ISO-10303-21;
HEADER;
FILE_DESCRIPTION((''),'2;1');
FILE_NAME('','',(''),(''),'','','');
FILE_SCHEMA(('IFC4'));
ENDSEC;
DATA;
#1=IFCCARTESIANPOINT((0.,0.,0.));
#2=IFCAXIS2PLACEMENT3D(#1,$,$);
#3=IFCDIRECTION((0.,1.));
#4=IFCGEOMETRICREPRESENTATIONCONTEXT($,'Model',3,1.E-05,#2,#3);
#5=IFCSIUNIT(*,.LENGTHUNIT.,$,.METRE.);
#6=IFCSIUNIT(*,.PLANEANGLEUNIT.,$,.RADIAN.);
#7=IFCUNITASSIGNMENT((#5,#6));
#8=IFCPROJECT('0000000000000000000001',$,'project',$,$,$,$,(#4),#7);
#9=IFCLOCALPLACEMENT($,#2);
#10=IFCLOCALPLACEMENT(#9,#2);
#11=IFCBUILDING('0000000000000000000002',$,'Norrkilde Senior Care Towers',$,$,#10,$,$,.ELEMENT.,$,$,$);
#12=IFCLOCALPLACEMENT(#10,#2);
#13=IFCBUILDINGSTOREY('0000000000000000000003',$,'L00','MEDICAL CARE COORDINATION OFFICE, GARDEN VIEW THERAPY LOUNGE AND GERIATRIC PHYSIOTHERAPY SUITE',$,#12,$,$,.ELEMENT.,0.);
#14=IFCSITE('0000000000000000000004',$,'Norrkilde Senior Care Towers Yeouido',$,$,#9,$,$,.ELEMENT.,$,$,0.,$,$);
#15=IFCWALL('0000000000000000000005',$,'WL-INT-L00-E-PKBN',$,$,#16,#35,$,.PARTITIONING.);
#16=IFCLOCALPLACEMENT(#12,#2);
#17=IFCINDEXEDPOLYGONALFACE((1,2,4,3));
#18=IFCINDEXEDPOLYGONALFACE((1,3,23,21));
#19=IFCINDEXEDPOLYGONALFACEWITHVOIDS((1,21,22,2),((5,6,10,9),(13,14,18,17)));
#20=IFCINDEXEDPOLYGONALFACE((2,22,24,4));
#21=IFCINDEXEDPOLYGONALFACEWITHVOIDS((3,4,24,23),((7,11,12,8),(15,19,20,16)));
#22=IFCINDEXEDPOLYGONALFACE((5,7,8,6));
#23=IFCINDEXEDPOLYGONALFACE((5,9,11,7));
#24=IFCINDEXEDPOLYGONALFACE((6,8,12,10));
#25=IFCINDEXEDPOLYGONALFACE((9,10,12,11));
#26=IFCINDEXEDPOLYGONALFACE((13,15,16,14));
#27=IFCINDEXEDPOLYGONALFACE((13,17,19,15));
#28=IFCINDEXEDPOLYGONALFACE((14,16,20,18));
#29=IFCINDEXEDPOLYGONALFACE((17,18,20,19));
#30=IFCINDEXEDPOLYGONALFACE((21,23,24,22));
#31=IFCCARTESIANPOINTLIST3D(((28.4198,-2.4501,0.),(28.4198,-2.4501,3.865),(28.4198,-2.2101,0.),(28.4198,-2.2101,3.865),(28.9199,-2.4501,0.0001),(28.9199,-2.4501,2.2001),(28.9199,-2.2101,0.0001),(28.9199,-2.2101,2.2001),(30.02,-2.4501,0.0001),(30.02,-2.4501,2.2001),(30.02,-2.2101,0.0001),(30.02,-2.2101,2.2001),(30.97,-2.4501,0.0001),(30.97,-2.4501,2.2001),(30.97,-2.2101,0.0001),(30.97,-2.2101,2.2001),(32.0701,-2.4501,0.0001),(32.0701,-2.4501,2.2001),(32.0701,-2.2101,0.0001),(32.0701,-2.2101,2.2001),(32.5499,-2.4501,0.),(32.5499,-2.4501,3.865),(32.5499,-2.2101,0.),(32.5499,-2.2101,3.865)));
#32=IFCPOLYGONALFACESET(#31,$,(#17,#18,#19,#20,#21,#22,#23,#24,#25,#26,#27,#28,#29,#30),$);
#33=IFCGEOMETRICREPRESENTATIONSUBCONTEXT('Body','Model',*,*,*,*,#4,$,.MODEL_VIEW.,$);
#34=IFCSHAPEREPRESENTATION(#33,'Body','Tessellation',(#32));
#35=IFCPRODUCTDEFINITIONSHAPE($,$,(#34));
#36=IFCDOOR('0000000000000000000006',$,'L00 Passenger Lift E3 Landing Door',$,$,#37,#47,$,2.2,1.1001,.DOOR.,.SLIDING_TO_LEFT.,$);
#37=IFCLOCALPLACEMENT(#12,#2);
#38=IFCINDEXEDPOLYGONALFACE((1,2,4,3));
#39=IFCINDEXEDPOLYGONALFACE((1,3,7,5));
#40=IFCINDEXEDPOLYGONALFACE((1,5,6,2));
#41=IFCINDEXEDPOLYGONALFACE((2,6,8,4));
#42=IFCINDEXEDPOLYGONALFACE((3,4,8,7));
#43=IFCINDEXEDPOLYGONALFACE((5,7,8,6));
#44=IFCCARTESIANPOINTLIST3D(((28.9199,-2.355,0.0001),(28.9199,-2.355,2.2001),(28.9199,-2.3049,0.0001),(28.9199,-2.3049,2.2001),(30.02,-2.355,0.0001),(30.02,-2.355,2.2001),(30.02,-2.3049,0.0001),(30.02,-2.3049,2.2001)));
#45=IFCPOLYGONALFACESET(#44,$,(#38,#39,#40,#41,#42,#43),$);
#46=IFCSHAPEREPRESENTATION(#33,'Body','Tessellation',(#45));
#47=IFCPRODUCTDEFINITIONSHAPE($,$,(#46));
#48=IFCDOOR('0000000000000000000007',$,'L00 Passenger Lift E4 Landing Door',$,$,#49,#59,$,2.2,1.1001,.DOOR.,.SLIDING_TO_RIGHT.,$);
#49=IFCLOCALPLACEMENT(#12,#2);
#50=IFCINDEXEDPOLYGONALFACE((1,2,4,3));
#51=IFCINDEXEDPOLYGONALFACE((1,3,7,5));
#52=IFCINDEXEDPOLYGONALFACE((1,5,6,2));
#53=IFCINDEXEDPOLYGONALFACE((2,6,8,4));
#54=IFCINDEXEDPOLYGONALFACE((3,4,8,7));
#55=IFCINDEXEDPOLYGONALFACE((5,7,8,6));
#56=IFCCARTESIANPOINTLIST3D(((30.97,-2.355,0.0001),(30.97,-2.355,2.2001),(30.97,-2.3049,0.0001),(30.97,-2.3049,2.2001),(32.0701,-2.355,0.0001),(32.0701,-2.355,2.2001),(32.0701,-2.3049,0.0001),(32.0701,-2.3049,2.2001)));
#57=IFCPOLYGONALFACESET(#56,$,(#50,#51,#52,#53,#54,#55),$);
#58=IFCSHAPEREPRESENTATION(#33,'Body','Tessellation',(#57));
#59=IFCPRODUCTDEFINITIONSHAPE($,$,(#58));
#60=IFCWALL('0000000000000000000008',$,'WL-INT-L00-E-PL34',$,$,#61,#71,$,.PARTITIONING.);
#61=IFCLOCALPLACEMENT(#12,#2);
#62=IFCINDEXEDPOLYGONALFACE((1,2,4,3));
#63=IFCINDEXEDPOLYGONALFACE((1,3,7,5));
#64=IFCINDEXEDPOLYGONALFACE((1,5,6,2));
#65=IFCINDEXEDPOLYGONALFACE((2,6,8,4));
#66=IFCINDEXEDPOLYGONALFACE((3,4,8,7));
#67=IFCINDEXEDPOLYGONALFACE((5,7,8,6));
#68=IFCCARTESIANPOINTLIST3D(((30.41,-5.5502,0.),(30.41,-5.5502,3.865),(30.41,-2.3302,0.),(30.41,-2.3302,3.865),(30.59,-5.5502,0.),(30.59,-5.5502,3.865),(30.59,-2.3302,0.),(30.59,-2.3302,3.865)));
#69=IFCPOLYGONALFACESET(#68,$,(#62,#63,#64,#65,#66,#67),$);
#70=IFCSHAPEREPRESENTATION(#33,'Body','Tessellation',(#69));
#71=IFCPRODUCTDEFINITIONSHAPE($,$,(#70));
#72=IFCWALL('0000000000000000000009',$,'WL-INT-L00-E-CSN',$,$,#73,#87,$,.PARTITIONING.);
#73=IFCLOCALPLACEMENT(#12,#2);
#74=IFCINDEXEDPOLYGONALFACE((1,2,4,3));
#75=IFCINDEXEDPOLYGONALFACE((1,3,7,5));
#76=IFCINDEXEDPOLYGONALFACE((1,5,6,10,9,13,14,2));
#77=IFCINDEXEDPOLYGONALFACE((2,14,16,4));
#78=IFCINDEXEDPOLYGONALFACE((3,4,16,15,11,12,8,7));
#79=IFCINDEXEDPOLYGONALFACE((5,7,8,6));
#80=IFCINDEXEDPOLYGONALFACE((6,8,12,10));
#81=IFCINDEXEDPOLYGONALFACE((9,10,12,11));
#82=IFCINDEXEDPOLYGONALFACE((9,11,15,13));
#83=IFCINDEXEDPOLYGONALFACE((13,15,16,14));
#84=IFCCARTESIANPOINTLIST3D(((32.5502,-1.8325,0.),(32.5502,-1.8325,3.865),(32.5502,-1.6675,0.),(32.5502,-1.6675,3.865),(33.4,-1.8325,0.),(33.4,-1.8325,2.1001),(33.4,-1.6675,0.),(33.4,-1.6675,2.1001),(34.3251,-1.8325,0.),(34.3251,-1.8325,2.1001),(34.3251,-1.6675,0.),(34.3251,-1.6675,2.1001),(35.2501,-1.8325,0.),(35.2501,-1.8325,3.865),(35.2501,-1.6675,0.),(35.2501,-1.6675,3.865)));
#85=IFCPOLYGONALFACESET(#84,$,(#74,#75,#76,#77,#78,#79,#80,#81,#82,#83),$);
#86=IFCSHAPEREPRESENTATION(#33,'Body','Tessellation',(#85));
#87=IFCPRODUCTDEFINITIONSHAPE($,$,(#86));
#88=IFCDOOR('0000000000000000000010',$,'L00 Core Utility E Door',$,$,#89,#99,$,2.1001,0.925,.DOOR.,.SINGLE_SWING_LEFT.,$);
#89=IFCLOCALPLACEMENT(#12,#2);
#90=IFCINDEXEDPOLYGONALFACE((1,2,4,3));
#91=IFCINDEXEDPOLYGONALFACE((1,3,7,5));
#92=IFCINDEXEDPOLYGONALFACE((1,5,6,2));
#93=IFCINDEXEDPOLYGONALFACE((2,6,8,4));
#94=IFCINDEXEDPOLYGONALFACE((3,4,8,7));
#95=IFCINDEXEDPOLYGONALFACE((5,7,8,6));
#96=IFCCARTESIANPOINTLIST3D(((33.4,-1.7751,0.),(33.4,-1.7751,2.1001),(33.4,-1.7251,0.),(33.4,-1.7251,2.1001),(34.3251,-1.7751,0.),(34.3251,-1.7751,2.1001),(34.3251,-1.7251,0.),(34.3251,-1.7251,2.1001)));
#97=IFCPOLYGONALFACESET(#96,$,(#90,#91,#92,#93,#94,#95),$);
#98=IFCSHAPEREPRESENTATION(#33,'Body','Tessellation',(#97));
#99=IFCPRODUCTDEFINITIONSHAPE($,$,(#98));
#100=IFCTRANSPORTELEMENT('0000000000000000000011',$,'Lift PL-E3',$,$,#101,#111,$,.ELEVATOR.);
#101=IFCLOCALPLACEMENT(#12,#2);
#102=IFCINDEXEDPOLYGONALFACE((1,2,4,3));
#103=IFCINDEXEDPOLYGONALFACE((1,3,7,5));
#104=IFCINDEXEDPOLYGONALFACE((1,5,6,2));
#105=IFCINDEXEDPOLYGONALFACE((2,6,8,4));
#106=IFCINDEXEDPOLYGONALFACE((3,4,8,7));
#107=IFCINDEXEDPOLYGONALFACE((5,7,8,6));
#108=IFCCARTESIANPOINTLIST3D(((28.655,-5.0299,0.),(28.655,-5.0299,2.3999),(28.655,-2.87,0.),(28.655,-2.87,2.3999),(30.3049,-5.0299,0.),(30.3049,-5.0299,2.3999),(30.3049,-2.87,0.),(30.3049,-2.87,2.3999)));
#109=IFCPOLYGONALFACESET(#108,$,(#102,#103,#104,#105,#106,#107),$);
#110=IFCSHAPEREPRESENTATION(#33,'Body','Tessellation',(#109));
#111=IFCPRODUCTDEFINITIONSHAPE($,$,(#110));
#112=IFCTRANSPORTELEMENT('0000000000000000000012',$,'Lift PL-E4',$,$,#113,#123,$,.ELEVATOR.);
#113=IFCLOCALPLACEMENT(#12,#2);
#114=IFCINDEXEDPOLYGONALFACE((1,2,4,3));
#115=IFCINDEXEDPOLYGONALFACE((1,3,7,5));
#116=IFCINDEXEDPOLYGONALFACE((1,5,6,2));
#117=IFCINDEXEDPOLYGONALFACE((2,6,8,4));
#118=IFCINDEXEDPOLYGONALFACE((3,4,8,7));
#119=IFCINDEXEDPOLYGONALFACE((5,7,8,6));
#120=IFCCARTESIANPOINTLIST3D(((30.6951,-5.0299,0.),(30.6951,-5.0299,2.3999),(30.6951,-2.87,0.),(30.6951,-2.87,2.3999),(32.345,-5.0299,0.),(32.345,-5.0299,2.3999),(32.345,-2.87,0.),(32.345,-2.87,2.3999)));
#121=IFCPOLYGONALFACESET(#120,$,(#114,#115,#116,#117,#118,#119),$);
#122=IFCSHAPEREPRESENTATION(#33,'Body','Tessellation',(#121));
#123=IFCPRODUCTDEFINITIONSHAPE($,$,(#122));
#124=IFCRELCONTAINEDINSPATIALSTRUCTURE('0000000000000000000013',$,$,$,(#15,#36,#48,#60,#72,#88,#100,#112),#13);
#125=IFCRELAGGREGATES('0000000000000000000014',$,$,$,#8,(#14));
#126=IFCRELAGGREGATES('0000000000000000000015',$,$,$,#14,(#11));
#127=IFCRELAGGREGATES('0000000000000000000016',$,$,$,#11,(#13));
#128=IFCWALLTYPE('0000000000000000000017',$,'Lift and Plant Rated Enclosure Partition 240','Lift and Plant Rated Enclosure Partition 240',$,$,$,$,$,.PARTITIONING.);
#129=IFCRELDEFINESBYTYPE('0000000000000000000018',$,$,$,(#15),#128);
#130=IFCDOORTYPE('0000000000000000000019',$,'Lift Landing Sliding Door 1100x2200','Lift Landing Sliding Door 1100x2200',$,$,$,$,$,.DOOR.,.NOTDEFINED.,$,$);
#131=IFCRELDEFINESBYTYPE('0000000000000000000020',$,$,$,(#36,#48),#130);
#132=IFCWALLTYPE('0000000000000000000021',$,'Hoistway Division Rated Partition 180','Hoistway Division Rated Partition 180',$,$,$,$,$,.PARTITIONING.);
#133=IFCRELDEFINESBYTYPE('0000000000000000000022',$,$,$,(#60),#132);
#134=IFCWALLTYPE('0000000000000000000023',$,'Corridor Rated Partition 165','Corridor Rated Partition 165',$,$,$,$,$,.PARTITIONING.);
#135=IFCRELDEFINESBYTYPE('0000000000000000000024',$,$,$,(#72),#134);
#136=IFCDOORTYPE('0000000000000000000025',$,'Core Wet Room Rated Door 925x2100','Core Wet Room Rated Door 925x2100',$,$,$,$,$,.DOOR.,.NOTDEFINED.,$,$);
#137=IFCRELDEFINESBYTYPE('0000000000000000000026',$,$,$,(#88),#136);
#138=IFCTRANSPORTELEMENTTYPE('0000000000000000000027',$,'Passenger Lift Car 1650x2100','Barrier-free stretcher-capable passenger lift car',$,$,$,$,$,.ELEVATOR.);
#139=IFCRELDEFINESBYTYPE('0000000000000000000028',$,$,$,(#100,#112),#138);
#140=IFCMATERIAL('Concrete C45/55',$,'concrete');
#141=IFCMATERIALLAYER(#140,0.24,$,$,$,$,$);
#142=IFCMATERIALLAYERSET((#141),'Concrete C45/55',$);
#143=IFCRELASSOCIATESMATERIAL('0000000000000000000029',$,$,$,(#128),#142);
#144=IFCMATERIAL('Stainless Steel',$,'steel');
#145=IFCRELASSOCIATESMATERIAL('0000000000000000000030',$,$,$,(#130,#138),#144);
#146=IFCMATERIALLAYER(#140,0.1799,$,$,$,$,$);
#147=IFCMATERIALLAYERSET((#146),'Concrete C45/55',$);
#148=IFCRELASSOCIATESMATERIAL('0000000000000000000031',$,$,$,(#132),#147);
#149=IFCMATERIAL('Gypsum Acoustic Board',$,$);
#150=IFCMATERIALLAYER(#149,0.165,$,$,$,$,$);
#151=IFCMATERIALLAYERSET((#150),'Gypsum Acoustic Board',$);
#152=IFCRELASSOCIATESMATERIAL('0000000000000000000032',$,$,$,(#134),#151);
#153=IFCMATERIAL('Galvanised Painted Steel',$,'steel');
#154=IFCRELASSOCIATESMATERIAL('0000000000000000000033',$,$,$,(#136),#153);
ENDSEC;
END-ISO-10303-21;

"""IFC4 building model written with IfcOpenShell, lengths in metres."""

from ifc_helpers import new_model, si_unit, direction, frame, frame_2d, origin, origin_2d, place, context, subcontext, project, spatial, rectangle, extrude, source, transform, mapped, material, layer, layer_set, type_object, type_shapes, element, fill, save


model = new_model("IFC4")

# Units and contexts
model_context = context("Model", 3, precision=1e-05, world=origin(), true_north=direction((0.0, 1.0)))
body_context = subcontext(model_context, "Body", "Model", "MODEL_VIEW")
ifc_project = project(units=[si_unit("LENGTHUNIT", "METRE"), si_unit("PLANEANGLEUNIT", "RADIAN")], contexts=[model_context])

# Site, building, storey
site_placement = place(None, origin())
site = spatial("IfcSite", under=ifc_project, at=site_placement, Name="Norrkilde Senior Care Towers Yeouido", CompositionType="ELEMENT", RefElevation=0.0)
building_placement = place(site_placement, origin())
building = spatial("IfcBuilding", under=site, at=building_placement, Name="Norrkilde Senior Care Towers", CompositionType="ELEMENT")
storey_placement = place(building_placement, origin())
storey = spatial("IfcBuildingStorey", under=building, at=storey_placement, Name="L00", Description="MEDICAL CARE COORDINATION OFFICE, GARDEN VIEW THERAPY LOUNGE AND GERIATRIC PHYSIOTHERAPY SUITE", CompositionType="ELEMENT", Elevation=0.0)

# Shared definitions
ifc_material_1 = material(Name="Concrete C45/55", Category="concrete")

# Wall, openings, doors
ifc_layer_1 = layer(ifc_material_1, 0.24)
ifc_layer_set_1 = layer_set([ifc_layer_1], Name="Concrete C45/55")
wall_type_1 = type_object("IfcWallType", Name="Lift and Plant Rated Enclosure Partition 240", Description="Lift and Plant Rated Enclosure Partition 240", PredefinedType="PARTITIONING", material=ifc_layer_set_1)
shared_shape_1 = source(origin(), body_context, "Body", "SweptSolid", [
    extrude(rectangle(XDim=4.1301, YDim=0.24, at=frame_2d((2.0649, 0.0))), origin(), (0.0, 0.0, 1.0), 3.865),
])
type_shapes(wall_type_1, [shared_shape_1])
wall_1_placement = place(storey_placement, frame((28.4199, -2.3301, 0.0), z_axis=(0.0, 0.0, 1.0), x_axis=(1.0, 0.0, 0.0)))
wall_1 = element("IfcWall", 1, at=wall_1_placement, inside=storey, type_object=wall_type_1, Name="WL-INT-L00-E-PKBN", PredefinedType="PARTITIONING", context=body_context, shape_type="MappedRepresentation", body=[
    mapped(shared_shape_1, transform((0.0, 0.0, 0.0), x_axis=(1.0, 0.0, 0.0), y_axis=(0.0, 1.0, 0.0), z_axis=(0.0, 0.0, 1.0), scale=1.0)),
])
opening_1_placement = place(wall_1_placement, frame((0.5, 0.0, 0.0)))
opening_1 = element("IfcOpeningElement", 2, at=opening_1_placement, cuts=wall_1, PredefinedType="OPENING", context=body_context, shape_type="SweptSolid", body=[
    extrude(rectangle(XDim=1.1001, YDim=2.2, at=frame_2d((0.55, 1.1001))), frame((0.0, 0.1299, 0.0), z_axis=(0.0, -1.0, 0.0), x_axis=(1.0, 0.0, 0.0)), (0.0, 0.0, 1.0), 0.26),
])
opening_2_placement = place(wall_1_placement, frame((2.55, 0.0, 0.0)))
opening_2 = element("IfcOpeningElement", 3, at=opening_2_placement, cuts=wall_1, PredefinedType="OPENING", context=body_context, shape_type="SweptSolid", body=[
    extrude(rectangle(XDim=1.1001, YDim=2.2, at=frame_2d((0.55, 1.1001))), frame((0.0, 0.1299, 0.0), z_axis=(0.0, -1.0, 0.0), x_axis=(1.0, 0.0, 0.0)), (0.0, 0.0, 1.0), 0.26),
])
ifc_material_2 = material(Name="Stainless Steel", Category="steel")
door_type_1 = type_object("IfcDoorType", Name="Lift Landing Sliding Door 1100x2200", Description="Lift Landing Sliding Door 1100x2200", OperationType="NOTDEFINED", PredefinedType="DOOR", material=ifc_material_2)
shared_shape_2 = source(origin(), body_context, "Body", "SweptSolid", [
    extrude(rectangle(XDim=1.1001, YDim=2.2, at=frame_2d((0.55, 1.1001))), frame((0.0, 0.0249, 0.0), z_axis=(0.0, -1.0, 0.0), x_axis=(1.0, 0.0, 0.0)), (0.0, 0.0, 1.0), 0.05),
])
type_shapes(door_type_1, [shared_shape_2])
door_1_placement = place(opening_1_placement, frame((1.1001, 0.0, 0.0), z_axis=(0.0, 0.0, 1.0), x_axis=(-1.0, 0.0, 0.0)))
door_1 = element("IfcDoor", 4, at=door_1_placement, inside=storey, type_object=door_type_1, Name="L00 Passenger Lift E3 Landing Door", OperationType="SLIDING_TO_LEFT", OverallHeight=2.2, OverallWidth=1.1001, PredefinedType="DOOR", context=body_context, shape_type="MappedRepresentation", body=[
    mapped(shared_shape_2, transform((0.0, 0.0, 0.0), x_axis=(1.0, 0.0, 0.0), y_axis=(0.0, 1.0, 0.0), z_axis=(0.0, 0.0, 1.0), scale=1.0)),
])
fill(opening_1, door_1)
door_2_placement = place(opening_2_placement, frame((1.1001, 0.0, 0.0), z_axis=(0.0, 0.0, 1.0), x_axis=(-1.0, 0.0, 0.0)))
door_2 = element("IfcDoor", 5, at=door_2_placement, inside=storey, type_object=door_type_1, Name="L00 Passenger Lift E4 Landing Door", OperationType="SLIDING_TO_RIGHT", OverallHeight=2.2, OverallWidth=1.1001, PredefinedType="DOOR", context=body_context, shape_type="MappedRepresentation", body=[
    mapped(shared_shape_2, transform((0.0, 0.0, 0.0), x_axis=(1.0, 0.0, 0.0), y_axis=(0.0, 1.0, 0.0), z_axis=(0.0, 0.0, 1.0), scale=1.0)),
])
fill(opening_2, door_2)

# Wall
ifc_layer_2 = layer(ifc_material_1, 0.1799)
ifc_layer_set_2 = layer_set([ifc_layer_2], Name="Concrete C45/55")
wall_type_2 = type_object("IfcWallType", Name="Hoistway Division Rated Partition 180", Description="Hoistway Division Rated Partition 180", PredefinedType="PARTITIONING", material=ifc_layer_set_2)
shared_shape_3 = source(origin(), body_context, "Body", "SweptSolid", [
    extrude(rectangle(XDim=3.22, YDim=0.1799, at=frame_2d((1.6099, 0.0))), origin(), (0.0, 0.0, 1.0), 3.865),
])
type_shapes(wall_type_2, [shared_shape_3])
wall_2_placement = place(storey_placement, frame((30.5, -5.55, 0.0), z_axis=(0.0, 0.0, 1.0), x_axis=(0.0, 1.0, 0.0)))
element("IfcWall", 6, at=wall_2_placement, inside=storey, type_object=wall_type_2, Name="WL-INT-L00-E-PL34", PredefinedType="PARTITIONING", context=body_context, shape_type="MappedRepresentation", body=[
    mapped(shared_shape_3, transform((0.0, 0.0, 0.0), x_axis=(1.0, 0.0, 0.0), y_axis=(0.0, 1.0, 0.0), z_axis=(0.0, 0.0, 1.0), scale=1.0)),
])

# Wall, opening, door
ifc_material_3 = material(Name="Gypsum Acoustic Board")
ifc_layer_3 = layer(ifc_material_3, 0.165)
ifc_layer_set_3 = layer_set([ifc_layer_3], Name="Gypsum Acoustic Board")
wall_type_3 = type_object("IfcWallType", Name="Corridor Rated Partition 165", Description="Corridor Rated Partition 165", PredefinedType="PARTITIONING", material=ifc_layer_set_3)
shared_shape_4 = source(origin(), body_context, "Body", "SweptSolid", [
    extrude(rectangle(XDim=2.7, YDim=0.165, at=frame_2d((1.3501, 0.0))), origin(), (0.0, 0.0, 1.0), 3.865),
])
type_shapes(wall_type_3, [shared_shape_4])
wall_3_placement = place(storey_placement, frame((32.55, -1.75, 0.0), z_axis=(0.0, 0.0, 1.0), x_axis=(1.0, 0.0, 0.0)))
wall_3 = element("IfcWall", 7, at=wall_3_placement, inside=storey, type_object=wall_type_3, Name="WL-INT-L00-E-CSN", PredefinedType="PARTITIONING", context=body_context, shape_type="MappedRepresentation", body=[
    mapped(shared_shape_4, transform((0.0, 0.0, 0.0), x_axis=(1.0, 0.0, 0.0), y_axis=(0.0, 1.0, 0.0), z_axis=(0.0, 0.0, 1.0), scale=1.0)),
])
opening_3_placement = place(wall_3_placement, frame((0.8501, 0.0, 0.0)))
opening_3 = element("IfcOpeningElement", 8, at=opening_3_placement, cuts=wall_3, PredefinedType="OPENING", context=body_context, shape_type="SweptSolid", body=[
    extrude(rectangle(XDim=0.925, YDim=2.1001, at=frame_2d((0.4624, 1.05))), frame((0.0, 0.0925, 0.0), z_axis=(0.0, -1.0, 0.0), x_axis=(1.0, 0.0, 0.0)), (0.0, 0.0, 1.0), 0.1851),
])
ifc_material_4 = material(Name="Galvanised Painted Steel", Category="steel")
door_type_2 = type_object("IfcDoorType", Name="Core Wet Room Rated Door 925x2100", Description="Core Wet Room Rated Door 925x2100", OperationType="NOTDEFINED", PredefinedType="DOOR", material=ifc_material_4)
shared_shape_5 = source(origin(), body_context, "Body", "SweptSolid", [
    extrude(rectangle(XDim=0.925, YDim=2.1001, at=frame_2d((0.4624, 1.05))), frame((0.0, 0.0249, 0.0), z_axis=(0.0, -1.0, 0.0), x_axis=(1.0, 0.0, 0.0)), (0.0, 0.0, 1.0), 0.05),
])
type_shapes(door_type_2, [shared_shape_5])
door_3_placement = place(opening_3_placement, origin())
door_3 = element("IfcDoor", 9, at=door_3_placement, inside=storey, type_object=door_type_2, Name="L00 Core Utility E Door", OperationType="SINGLE_SWING_LEFT", OverallHeight=2.1001, OverallWidth=0.925, PredefinedType="DOOR", context=body_context, shape_type="MappedRepresentation", body=[
    mapped(shared_shape_5, transform((0.0, 0.0, 0.0), x_axis=(1.0, 0.0, 0.0), y_axis=(0.0, 1.0, 0.0), z_axis=(0.0, 0.0, 1.0), scale=1.0)),
])
fill(opening_3, door_3)

# Transport elements
transport_element_type = type_object("IfcTransportElementType", Name="Passenger Lift Car 1650x2100", Description="Barrier-free stretcher-capable passenger lift car", PredefinedType="ELEVATOR", material=ifc_material_2)
shared_shape_6 = source(origin(), body_context, "Body", "SweptSolid", [
    extrude(rectangle(XDim=1.6499, YDim=2.1599, at=origin_2d()), origin(), (0.0, 0.0, 1.0), 2.3999),
])
type_shapes(transport_element_type, [shared_shape_6])
for number, where, z_axis, x_axis, name in (
    (10, (29.48, -3.95, 0.0), (0.0, 0.0, 1.0), (1.0, 0.0, 0.0), "Lift PL-E3"),
    (11, (31.52, -3.95, 0.0), (0.0, 0.0, 1.0), (1.0, 0.0, 0.0), "Lift PL-E4"),
):
    element("IfcTransportElement", number, at=place(storey_placement, frame(where, z_axis=z_axis, x_axis=x_axis)), inside=storey, type_object=transport_element_type, Name=name, PredefinedType="ELEVATOR", context=body_context, shape_type="MappedRepresentation", body=[
        mapped(shared_shape_6, transform((0.0, 0.0, 0.0), x_axis=(1.0, 0.0, 0.0), y_axis=(0.0, 1.0, 0.0), z_axis=(0.0, 0.0, 1.0), scale=1.0)),
    ])

save(model, "model.ifc")
